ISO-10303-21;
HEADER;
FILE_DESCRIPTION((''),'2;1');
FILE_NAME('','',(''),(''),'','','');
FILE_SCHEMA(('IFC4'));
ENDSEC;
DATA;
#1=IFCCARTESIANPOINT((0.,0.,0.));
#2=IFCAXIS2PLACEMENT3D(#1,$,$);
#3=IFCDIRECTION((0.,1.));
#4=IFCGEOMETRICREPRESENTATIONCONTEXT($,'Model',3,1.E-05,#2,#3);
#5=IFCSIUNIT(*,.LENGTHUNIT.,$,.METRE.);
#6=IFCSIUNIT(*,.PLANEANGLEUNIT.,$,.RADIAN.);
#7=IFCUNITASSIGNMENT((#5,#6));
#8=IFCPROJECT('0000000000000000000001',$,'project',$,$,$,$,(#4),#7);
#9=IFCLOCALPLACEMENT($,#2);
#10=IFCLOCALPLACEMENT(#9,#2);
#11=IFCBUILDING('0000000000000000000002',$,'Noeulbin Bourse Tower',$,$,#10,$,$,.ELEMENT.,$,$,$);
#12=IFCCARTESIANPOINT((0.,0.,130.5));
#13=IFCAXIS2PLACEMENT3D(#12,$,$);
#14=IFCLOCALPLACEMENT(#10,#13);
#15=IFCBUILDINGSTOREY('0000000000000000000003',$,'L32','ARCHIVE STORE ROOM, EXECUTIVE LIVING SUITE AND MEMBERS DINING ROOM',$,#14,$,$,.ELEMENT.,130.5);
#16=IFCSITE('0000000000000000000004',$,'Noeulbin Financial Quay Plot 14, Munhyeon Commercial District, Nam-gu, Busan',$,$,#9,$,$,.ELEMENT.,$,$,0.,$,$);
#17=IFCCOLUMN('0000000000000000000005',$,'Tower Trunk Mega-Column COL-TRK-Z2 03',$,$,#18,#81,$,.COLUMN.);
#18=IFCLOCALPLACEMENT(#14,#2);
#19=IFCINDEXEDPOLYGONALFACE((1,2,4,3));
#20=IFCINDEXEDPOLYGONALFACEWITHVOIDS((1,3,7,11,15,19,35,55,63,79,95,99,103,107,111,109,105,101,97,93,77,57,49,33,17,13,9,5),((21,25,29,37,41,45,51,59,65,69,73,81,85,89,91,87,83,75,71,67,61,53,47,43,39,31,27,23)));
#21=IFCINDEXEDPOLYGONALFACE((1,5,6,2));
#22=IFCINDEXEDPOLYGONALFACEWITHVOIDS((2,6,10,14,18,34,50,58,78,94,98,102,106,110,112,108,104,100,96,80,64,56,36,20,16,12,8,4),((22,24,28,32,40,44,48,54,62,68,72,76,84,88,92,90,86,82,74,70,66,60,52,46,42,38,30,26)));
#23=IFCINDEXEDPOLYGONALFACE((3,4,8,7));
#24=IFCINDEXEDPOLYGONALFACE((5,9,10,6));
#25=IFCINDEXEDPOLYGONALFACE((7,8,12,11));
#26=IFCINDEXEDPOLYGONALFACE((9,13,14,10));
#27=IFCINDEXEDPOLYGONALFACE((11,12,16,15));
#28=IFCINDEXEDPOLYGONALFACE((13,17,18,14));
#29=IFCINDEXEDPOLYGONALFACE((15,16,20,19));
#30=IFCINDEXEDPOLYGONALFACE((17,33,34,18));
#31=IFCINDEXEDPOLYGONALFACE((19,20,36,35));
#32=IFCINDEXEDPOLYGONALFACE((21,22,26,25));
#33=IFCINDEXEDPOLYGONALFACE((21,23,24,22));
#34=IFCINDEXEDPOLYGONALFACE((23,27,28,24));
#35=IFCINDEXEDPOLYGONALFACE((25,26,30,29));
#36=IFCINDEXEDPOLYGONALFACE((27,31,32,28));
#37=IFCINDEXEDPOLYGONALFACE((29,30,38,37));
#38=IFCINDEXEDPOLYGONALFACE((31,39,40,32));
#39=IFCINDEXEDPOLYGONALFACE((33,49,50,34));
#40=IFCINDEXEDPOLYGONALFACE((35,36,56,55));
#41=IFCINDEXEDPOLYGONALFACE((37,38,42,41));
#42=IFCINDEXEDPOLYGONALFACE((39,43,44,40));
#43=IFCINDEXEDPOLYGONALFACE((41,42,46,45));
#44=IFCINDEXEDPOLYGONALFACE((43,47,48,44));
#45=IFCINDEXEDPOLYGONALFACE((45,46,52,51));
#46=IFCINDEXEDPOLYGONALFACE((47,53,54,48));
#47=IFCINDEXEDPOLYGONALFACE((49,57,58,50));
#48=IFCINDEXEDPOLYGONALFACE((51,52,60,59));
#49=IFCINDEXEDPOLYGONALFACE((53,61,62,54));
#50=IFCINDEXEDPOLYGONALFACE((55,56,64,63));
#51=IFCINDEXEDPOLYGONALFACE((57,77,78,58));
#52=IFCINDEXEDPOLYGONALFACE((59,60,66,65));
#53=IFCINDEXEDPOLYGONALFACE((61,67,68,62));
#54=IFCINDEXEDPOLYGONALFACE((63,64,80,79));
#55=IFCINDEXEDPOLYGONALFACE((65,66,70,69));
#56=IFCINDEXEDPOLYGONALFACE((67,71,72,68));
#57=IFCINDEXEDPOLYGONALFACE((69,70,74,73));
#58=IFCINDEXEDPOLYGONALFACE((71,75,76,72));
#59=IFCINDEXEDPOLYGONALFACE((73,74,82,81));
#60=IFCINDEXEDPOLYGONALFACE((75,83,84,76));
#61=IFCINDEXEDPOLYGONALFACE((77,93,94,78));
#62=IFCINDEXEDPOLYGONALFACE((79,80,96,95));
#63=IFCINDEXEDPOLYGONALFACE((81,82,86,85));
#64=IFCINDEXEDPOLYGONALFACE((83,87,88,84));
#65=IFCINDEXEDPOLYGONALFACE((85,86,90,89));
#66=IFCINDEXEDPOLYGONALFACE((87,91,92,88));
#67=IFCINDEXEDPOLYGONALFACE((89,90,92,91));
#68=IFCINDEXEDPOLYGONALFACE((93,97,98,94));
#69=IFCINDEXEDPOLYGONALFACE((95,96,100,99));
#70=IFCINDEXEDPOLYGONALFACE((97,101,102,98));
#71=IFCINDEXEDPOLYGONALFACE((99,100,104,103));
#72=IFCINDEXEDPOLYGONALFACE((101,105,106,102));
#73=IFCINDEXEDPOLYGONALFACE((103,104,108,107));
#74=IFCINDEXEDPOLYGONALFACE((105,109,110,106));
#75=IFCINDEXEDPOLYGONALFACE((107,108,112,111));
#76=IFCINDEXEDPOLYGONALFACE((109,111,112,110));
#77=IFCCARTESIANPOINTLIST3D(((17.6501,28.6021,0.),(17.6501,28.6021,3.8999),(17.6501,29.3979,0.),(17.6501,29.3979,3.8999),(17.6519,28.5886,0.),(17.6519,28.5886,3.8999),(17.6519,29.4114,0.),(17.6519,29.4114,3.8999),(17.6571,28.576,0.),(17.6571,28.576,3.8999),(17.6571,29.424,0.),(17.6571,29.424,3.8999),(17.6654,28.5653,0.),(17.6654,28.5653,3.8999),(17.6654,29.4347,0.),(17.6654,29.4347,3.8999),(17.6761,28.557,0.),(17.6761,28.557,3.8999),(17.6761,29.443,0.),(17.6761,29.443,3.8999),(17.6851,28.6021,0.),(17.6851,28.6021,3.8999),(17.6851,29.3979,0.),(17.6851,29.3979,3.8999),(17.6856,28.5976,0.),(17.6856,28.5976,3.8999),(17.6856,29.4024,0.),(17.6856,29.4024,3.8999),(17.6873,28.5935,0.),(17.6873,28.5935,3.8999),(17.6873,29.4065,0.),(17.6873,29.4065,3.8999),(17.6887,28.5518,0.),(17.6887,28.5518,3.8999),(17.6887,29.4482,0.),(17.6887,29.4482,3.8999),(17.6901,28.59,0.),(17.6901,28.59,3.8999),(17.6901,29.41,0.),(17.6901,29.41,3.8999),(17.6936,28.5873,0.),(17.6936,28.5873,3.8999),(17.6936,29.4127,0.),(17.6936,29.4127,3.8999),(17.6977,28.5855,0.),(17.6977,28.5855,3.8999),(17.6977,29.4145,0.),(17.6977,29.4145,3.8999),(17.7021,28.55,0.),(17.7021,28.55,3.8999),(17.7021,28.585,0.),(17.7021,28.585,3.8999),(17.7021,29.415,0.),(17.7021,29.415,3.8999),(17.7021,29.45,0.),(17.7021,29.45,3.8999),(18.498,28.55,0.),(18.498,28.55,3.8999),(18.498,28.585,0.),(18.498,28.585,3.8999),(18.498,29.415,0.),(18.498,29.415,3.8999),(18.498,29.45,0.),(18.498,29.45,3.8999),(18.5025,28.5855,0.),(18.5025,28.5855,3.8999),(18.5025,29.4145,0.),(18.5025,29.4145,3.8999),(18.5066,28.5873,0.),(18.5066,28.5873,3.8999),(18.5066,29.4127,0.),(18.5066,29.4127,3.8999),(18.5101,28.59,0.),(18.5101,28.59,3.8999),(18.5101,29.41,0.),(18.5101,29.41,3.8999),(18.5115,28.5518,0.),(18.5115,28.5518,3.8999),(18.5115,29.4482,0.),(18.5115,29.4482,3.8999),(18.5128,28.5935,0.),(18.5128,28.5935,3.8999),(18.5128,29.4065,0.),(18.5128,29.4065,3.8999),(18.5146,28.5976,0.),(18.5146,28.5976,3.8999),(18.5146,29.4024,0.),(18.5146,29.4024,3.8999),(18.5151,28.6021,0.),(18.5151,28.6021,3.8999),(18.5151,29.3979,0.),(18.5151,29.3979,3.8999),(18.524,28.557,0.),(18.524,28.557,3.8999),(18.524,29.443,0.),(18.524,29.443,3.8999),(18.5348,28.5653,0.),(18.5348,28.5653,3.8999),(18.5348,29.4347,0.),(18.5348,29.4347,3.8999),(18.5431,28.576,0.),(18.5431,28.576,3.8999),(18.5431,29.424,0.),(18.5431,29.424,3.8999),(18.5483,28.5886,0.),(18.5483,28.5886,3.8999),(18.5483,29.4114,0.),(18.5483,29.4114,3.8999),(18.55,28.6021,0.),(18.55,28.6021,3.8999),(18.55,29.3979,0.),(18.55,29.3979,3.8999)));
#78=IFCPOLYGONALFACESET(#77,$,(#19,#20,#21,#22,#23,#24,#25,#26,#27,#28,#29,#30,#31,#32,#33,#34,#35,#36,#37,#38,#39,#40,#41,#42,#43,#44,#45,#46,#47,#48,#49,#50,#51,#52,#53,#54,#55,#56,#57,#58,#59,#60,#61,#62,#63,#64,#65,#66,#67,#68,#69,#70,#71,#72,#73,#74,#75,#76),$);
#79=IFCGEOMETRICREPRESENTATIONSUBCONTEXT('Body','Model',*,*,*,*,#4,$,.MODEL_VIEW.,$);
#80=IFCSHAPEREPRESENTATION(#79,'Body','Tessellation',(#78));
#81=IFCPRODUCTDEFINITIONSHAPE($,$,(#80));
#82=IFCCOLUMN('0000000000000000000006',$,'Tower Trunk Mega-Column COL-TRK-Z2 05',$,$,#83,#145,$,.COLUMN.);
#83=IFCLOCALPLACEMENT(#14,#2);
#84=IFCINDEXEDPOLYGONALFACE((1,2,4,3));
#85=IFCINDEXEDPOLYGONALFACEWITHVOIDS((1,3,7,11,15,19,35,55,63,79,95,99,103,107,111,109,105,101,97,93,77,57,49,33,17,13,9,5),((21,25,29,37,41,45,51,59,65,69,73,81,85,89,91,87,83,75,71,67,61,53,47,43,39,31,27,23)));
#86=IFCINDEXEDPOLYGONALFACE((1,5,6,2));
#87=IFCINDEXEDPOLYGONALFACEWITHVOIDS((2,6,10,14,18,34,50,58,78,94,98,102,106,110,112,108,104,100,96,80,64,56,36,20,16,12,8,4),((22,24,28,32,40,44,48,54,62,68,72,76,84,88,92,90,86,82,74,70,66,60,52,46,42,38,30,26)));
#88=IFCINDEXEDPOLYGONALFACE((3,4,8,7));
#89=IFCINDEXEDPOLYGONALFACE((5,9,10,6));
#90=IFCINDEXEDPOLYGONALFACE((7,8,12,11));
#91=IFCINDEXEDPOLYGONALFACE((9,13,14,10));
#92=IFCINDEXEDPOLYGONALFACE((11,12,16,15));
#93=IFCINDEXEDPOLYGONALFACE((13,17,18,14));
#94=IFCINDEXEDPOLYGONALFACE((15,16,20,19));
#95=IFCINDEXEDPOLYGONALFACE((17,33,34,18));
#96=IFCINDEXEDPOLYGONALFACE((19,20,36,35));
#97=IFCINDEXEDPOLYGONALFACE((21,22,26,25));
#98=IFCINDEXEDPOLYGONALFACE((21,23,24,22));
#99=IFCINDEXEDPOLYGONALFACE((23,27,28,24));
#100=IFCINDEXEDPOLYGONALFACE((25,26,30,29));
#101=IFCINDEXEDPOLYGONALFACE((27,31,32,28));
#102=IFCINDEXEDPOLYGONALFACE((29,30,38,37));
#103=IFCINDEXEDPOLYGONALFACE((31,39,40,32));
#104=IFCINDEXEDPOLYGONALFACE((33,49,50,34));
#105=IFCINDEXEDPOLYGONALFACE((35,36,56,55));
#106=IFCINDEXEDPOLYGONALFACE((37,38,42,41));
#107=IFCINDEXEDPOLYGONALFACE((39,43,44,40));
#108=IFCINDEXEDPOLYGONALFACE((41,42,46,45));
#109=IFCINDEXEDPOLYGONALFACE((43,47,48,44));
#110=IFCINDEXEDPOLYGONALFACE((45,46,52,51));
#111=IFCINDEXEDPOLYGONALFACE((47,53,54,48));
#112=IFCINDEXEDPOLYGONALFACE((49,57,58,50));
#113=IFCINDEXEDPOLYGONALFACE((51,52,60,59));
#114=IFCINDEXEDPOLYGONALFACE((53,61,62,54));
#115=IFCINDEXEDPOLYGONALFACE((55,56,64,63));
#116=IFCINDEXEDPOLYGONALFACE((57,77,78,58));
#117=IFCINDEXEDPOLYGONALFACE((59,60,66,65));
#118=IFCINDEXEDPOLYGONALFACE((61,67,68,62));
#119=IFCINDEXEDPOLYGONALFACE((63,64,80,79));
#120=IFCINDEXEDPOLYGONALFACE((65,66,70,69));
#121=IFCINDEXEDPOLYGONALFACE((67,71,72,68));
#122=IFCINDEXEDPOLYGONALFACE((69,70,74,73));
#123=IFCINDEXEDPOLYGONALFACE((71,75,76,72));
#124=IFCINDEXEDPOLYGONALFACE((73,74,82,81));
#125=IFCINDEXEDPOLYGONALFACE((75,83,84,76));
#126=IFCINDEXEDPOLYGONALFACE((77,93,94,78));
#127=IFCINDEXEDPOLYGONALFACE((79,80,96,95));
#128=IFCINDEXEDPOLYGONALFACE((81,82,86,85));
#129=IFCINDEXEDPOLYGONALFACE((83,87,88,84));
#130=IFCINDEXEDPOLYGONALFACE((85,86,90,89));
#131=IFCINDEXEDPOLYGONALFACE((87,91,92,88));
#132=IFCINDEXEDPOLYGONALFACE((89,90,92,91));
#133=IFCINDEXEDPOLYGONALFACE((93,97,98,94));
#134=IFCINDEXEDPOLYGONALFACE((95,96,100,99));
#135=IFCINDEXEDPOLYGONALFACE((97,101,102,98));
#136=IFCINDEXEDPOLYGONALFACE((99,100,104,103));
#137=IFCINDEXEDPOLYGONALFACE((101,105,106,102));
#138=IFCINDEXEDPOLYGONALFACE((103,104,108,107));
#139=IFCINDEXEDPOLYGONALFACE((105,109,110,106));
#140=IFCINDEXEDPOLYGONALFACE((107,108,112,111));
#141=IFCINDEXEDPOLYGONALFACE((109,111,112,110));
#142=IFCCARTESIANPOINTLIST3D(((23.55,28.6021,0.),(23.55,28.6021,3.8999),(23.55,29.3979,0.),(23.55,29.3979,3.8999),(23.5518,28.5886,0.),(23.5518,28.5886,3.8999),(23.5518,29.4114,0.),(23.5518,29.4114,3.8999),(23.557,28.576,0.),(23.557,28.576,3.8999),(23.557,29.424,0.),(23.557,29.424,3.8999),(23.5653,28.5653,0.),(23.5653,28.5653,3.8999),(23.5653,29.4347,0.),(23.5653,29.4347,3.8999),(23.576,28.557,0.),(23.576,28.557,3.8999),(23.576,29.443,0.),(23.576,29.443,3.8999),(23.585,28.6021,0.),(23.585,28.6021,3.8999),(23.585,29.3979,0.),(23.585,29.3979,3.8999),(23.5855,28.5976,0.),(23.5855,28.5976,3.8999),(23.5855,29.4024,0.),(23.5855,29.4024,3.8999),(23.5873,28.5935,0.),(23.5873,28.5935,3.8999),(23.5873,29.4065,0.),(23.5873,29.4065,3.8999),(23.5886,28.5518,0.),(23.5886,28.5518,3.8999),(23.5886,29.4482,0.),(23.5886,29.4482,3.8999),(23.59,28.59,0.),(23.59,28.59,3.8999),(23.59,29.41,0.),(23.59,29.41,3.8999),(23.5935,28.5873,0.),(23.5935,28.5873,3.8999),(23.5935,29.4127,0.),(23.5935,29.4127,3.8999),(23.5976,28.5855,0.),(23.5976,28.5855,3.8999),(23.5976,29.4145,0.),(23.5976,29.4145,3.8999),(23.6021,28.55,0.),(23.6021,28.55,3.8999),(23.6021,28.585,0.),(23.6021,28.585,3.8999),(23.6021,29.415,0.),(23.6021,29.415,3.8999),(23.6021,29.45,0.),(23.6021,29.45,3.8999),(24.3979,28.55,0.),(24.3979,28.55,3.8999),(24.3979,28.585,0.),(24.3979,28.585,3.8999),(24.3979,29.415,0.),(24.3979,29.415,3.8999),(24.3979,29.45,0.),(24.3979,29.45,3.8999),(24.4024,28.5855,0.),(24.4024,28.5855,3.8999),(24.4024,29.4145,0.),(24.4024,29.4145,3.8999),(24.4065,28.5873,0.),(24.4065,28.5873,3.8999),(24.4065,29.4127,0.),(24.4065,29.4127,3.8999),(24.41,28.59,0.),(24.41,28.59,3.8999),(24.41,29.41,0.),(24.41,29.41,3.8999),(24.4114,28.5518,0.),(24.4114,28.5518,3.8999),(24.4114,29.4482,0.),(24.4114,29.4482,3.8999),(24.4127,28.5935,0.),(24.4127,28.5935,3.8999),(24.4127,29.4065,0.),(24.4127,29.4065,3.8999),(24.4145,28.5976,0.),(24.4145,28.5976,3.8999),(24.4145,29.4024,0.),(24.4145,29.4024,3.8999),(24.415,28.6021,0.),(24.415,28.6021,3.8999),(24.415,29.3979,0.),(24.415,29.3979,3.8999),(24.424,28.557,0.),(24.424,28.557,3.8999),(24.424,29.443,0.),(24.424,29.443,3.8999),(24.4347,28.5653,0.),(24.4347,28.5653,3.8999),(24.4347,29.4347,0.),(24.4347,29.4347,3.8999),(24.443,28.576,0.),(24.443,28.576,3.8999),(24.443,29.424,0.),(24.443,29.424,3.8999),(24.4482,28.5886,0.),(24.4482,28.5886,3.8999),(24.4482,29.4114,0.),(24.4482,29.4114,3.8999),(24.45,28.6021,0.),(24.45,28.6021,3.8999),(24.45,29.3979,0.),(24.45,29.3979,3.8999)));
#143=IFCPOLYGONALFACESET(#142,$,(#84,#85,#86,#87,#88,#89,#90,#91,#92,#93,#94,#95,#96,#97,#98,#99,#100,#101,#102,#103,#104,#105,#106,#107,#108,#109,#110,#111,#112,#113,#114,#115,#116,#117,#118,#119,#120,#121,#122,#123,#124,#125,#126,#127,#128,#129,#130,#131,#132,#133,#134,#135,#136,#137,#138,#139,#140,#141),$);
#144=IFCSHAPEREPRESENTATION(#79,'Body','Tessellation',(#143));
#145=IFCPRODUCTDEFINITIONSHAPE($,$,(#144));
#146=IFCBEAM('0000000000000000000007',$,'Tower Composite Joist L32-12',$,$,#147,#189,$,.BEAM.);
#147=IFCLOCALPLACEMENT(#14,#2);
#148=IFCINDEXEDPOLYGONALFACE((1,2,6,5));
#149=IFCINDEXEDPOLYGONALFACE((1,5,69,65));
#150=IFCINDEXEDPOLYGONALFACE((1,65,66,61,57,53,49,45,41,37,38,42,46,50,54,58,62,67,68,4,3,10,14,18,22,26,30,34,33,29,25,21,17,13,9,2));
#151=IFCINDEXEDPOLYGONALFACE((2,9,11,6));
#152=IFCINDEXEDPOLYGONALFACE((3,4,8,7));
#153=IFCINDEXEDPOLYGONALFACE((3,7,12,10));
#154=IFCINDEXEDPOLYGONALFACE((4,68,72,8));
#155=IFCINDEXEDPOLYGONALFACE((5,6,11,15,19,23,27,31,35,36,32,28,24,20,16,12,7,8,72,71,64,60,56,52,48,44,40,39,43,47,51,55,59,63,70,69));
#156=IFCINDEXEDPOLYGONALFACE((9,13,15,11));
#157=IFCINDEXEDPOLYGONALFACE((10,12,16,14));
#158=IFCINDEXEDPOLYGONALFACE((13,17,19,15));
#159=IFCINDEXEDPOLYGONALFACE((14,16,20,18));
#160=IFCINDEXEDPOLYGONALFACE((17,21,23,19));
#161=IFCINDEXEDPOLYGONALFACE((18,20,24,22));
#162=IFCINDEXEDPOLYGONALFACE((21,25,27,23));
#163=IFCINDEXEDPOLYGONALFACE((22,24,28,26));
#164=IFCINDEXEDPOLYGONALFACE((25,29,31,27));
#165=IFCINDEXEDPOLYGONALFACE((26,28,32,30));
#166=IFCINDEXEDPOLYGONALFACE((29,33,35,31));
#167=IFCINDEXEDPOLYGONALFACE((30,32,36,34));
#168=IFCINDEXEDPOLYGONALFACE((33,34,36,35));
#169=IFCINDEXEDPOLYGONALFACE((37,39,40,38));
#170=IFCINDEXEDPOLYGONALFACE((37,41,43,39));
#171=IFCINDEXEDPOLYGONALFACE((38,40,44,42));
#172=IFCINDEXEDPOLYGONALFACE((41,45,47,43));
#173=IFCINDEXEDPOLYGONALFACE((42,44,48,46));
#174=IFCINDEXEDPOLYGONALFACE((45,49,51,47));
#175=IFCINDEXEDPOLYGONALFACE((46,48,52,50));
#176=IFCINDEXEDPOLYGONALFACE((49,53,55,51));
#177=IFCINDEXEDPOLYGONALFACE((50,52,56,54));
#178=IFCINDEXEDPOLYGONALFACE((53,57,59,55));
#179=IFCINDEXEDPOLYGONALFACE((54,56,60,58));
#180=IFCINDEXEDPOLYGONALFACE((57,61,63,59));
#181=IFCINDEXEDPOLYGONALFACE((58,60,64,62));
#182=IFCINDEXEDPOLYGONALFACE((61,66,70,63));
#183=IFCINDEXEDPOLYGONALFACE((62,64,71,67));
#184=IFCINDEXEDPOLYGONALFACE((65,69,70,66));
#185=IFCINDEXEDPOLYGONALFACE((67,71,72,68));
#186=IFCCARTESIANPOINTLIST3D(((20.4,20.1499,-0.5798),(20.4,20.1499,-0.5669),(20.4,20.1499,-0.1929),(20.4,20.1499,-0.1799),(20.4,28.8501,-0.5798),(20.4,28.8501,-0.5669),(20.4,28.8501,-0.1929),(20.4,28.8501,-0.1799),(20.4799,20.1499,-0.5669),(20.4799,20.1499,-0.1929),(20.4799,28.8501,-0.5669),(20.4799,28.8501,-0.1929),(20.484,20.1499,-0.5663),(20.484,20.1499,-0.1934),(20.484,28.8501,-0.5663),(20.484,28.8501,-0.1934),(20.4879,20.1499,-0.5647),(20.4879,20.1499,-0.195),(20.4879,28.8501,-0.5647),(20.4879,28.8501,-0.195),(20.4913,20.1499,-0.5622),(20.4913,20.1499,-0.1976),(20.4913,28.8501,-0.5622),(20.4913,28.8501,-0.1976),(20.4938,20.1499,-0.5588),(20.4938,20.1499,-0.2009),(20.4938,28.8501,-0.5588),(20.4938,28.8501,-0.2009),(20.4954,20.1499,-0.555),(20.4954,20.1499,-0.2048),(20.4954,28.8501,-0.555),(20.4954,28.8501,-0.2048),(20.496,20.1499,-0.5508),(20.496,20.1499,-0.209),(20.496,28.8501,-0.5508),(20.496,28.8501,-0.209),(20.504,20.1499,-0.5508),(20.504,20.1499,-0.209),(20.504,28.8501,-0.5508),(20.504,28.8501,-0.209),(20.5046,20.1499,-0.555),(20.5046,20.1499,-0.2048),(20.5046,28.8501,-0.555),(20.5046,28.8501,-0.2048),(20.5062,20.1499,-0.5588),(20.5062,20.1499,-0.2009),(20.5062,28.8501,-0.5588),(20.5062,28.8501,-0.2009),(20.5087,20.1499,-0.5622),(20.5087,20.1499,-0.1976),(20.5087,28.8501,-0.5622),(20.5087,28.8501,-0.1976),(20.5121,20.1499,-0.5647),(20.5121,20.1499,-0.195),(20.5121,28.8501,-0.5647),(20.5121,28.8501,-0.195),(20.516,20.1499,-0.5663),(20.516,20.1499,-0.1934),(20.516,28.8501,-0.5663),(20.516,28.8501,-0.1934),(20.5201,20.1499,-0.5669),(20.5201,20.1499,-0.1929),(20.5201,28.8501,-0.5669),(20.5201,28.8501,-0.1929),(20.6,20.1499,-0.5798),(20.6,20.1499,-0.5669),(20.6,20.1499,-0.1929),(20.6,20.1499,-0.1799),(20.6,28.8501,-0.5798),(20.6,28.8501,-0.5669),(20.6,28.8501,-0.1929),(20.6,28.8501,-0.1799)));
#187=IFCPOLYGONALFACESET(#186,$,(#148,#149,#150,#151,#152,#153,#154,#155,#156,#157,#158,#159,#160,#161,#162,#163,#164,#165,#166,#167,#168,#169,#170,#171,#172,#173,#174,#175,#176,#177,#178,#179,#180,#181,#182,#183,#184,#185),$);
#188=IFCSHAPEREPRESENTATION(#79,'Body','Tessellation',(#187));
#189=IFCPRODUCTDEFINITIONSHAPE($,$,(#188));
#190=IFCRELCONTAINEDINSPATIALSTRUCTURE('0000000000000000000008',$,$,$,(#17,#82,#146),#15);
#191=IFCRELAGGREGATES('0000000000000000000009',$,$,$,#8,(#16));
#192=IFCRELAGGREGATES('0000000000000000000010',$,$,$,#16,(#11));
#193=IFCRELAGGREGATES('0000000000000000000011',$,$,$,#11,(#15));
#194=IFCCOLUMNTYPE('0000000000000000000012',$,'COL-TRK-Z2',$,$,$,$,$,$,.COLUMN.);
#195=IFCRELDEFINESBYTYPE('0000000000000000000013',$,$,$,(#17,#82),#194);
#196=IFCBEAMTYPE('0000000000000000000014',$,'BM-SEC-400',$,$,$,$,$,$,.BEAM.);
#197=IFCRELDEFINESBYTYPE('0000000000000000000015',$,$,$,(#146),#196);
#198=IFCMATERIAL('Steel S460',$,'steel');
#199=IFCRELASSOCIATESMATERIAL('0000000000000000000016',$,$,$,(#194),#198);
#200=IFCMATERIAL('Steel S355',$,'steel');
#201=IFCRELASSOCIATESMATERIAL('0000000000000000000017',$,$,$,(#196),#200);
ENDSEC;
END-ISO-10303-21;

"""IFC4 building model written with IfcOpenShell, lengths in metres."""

from ifc_helpers import new_model, si_unit, direction, frame, origin, origin_2d, place, context, subcontext, project, spatial, hollow_rectangle, i_section, extrude, material, material_profile, profile_set, type_object, element, save


model = new_model("IFC4")

# Units and contexts
model_context = context("Model", 3, precision=1e-05, world=origin(), true_north=direction((0.0, 1.0)))
body_context = subcontext(model_context, "Body", "Model", "MODEL_VIEW")
ifc_project = project(units=[si_unit("LENGTHUNIT", "METRE"), si_unit("PLANEANGLEUNIT", "RADIAN")], contexts=[model_context])

# Site, building, storey
site_placement = place(None, origin())
site = spatial("IfcSite", under=ifc_project, at=site_placement, Name="Noeulbin Financial Quay Plot 14, Munhyeon Commercial District, Nam-gu, Busan", CompositionType="ELEMENT", RefElevation=0.0)
building_placement = place(site_placement, origin())
building = spatial("IfcBuilding", under=site, at=building_placement, Name="Noeulbin Bourse Tower", CompositionType="ELEMENT")
storey_placement = place(building_placement, frame((0.0, 0.0, 130.5)))
storey = spatial("IfcBuildingStorey", under=building, at=storey_placement, Name="L32", Description="ARCHIVE STORE ROOM, EXECUTIVE LIVING SUITE AND MEMBERS DINING ROOM", CompositionType="ELEMENT", Elevation=130.5)

# Columns
ifc_material_1 = material(Name="Steel S460", Category="steel")
ifc_material_profile_1 = material_profile(ifc_material_1, hollow_rectangle(XDim=0.8999, YDim=0.8999, WallThickness=0.0349, InnerFilletRadius=0.0171, OuterFilletRadius=0.052, at=origin_2d()), Name="BOX-900x900x35", Category="LoadBearing")
ifc_profile_set_1 = profile_set([ifc_material_profile_1], Name="Steel S460")
column_type = type_object("IfcColumnType", Name="COL-TRK-Z2", PredefinedType="COLUMN", material=ifc_profile_set_1)
for number, where, z_axis, x_axis, name in (
    (1, (18.1001, 29.0, 0.0), (0.0, 0.0, 1.0), (1.0, 0.0, 0.0), "Tower Trunk Mega-Column COL-TRK-Z2 03"),
    (2, (24.0, 29.0, 0.0), (0.0, 0.0, 1.0), (1.0, 0.0, 0.0), "Tower Trunk Mega-Column COL-TRK-Z2 05"),
):
    element("IfcColumn", number, at=place(storey_placement, frame(where, z_axis=z_axis, x_axis=x_axis)), inside=storey, type_object=column_type, Name=name, PredefinedType="COLUMN", context=body_context, shape_type="SweptSolid", body=[
        extrude(hollow_rectangle(XDim=0.8999, YDim=0.8999, WallThickness=0.0349, InnerFilletRadius=0.0171, OuterFilletRadius=0.052, at=origin_2d()), origin(), (0.0, 0.0, 1.0), 3.8999),
    ])

# Beam
ifc_material_2 = material(Name="Steel S355", Category="steel")
ifc_material_profile_2 = material_profile(ifc_material_2, i_section(OverallWidth=0.2, OverallDepth=0.3999, WebThickness=0.0081, FlangeThickness=0.0129, FilletRadius=0.0161, at=origin_2d()), Name="H-400x200x8x13", Category="LoadBearing")
ifc_profile_set_2 = profile_set([ifc_material_profile_2], Name="Steel S355")
beam_type = type_object("IfcBeamType", Name="BM-SEC-400", PredefinedType="BEAM", material=ifc_profile_set_2)
for number, where, z_axis, x_axis, name in (
    (3, (20.5, 20.1499, -0.3799), (0.0, 1.0, 0.0), (-1.0, 0.0, 0.0), "Tower Composite Joist L32-12"),
):
    element("IfcBeam", number, at=place(storey_placement, frame(where, z_axis=z_axis, x_axis=x_axis)), inside=storey, type_object=beam_type, Name=name, PredefinedType="BEAM", context=body_context, shape_type="SweptSolid", body=[
        extrude(i_section(OverallWidth=0.2, OverallDepth=0.3999, WebThickness=0.0081, FlangeThickness=0.0129, FilletRadius=0.0161, at=origin_2d()), origin(), (0.0, 0.0, 1.0), 8.7002),
    ])

save(model, "model.ifc")
